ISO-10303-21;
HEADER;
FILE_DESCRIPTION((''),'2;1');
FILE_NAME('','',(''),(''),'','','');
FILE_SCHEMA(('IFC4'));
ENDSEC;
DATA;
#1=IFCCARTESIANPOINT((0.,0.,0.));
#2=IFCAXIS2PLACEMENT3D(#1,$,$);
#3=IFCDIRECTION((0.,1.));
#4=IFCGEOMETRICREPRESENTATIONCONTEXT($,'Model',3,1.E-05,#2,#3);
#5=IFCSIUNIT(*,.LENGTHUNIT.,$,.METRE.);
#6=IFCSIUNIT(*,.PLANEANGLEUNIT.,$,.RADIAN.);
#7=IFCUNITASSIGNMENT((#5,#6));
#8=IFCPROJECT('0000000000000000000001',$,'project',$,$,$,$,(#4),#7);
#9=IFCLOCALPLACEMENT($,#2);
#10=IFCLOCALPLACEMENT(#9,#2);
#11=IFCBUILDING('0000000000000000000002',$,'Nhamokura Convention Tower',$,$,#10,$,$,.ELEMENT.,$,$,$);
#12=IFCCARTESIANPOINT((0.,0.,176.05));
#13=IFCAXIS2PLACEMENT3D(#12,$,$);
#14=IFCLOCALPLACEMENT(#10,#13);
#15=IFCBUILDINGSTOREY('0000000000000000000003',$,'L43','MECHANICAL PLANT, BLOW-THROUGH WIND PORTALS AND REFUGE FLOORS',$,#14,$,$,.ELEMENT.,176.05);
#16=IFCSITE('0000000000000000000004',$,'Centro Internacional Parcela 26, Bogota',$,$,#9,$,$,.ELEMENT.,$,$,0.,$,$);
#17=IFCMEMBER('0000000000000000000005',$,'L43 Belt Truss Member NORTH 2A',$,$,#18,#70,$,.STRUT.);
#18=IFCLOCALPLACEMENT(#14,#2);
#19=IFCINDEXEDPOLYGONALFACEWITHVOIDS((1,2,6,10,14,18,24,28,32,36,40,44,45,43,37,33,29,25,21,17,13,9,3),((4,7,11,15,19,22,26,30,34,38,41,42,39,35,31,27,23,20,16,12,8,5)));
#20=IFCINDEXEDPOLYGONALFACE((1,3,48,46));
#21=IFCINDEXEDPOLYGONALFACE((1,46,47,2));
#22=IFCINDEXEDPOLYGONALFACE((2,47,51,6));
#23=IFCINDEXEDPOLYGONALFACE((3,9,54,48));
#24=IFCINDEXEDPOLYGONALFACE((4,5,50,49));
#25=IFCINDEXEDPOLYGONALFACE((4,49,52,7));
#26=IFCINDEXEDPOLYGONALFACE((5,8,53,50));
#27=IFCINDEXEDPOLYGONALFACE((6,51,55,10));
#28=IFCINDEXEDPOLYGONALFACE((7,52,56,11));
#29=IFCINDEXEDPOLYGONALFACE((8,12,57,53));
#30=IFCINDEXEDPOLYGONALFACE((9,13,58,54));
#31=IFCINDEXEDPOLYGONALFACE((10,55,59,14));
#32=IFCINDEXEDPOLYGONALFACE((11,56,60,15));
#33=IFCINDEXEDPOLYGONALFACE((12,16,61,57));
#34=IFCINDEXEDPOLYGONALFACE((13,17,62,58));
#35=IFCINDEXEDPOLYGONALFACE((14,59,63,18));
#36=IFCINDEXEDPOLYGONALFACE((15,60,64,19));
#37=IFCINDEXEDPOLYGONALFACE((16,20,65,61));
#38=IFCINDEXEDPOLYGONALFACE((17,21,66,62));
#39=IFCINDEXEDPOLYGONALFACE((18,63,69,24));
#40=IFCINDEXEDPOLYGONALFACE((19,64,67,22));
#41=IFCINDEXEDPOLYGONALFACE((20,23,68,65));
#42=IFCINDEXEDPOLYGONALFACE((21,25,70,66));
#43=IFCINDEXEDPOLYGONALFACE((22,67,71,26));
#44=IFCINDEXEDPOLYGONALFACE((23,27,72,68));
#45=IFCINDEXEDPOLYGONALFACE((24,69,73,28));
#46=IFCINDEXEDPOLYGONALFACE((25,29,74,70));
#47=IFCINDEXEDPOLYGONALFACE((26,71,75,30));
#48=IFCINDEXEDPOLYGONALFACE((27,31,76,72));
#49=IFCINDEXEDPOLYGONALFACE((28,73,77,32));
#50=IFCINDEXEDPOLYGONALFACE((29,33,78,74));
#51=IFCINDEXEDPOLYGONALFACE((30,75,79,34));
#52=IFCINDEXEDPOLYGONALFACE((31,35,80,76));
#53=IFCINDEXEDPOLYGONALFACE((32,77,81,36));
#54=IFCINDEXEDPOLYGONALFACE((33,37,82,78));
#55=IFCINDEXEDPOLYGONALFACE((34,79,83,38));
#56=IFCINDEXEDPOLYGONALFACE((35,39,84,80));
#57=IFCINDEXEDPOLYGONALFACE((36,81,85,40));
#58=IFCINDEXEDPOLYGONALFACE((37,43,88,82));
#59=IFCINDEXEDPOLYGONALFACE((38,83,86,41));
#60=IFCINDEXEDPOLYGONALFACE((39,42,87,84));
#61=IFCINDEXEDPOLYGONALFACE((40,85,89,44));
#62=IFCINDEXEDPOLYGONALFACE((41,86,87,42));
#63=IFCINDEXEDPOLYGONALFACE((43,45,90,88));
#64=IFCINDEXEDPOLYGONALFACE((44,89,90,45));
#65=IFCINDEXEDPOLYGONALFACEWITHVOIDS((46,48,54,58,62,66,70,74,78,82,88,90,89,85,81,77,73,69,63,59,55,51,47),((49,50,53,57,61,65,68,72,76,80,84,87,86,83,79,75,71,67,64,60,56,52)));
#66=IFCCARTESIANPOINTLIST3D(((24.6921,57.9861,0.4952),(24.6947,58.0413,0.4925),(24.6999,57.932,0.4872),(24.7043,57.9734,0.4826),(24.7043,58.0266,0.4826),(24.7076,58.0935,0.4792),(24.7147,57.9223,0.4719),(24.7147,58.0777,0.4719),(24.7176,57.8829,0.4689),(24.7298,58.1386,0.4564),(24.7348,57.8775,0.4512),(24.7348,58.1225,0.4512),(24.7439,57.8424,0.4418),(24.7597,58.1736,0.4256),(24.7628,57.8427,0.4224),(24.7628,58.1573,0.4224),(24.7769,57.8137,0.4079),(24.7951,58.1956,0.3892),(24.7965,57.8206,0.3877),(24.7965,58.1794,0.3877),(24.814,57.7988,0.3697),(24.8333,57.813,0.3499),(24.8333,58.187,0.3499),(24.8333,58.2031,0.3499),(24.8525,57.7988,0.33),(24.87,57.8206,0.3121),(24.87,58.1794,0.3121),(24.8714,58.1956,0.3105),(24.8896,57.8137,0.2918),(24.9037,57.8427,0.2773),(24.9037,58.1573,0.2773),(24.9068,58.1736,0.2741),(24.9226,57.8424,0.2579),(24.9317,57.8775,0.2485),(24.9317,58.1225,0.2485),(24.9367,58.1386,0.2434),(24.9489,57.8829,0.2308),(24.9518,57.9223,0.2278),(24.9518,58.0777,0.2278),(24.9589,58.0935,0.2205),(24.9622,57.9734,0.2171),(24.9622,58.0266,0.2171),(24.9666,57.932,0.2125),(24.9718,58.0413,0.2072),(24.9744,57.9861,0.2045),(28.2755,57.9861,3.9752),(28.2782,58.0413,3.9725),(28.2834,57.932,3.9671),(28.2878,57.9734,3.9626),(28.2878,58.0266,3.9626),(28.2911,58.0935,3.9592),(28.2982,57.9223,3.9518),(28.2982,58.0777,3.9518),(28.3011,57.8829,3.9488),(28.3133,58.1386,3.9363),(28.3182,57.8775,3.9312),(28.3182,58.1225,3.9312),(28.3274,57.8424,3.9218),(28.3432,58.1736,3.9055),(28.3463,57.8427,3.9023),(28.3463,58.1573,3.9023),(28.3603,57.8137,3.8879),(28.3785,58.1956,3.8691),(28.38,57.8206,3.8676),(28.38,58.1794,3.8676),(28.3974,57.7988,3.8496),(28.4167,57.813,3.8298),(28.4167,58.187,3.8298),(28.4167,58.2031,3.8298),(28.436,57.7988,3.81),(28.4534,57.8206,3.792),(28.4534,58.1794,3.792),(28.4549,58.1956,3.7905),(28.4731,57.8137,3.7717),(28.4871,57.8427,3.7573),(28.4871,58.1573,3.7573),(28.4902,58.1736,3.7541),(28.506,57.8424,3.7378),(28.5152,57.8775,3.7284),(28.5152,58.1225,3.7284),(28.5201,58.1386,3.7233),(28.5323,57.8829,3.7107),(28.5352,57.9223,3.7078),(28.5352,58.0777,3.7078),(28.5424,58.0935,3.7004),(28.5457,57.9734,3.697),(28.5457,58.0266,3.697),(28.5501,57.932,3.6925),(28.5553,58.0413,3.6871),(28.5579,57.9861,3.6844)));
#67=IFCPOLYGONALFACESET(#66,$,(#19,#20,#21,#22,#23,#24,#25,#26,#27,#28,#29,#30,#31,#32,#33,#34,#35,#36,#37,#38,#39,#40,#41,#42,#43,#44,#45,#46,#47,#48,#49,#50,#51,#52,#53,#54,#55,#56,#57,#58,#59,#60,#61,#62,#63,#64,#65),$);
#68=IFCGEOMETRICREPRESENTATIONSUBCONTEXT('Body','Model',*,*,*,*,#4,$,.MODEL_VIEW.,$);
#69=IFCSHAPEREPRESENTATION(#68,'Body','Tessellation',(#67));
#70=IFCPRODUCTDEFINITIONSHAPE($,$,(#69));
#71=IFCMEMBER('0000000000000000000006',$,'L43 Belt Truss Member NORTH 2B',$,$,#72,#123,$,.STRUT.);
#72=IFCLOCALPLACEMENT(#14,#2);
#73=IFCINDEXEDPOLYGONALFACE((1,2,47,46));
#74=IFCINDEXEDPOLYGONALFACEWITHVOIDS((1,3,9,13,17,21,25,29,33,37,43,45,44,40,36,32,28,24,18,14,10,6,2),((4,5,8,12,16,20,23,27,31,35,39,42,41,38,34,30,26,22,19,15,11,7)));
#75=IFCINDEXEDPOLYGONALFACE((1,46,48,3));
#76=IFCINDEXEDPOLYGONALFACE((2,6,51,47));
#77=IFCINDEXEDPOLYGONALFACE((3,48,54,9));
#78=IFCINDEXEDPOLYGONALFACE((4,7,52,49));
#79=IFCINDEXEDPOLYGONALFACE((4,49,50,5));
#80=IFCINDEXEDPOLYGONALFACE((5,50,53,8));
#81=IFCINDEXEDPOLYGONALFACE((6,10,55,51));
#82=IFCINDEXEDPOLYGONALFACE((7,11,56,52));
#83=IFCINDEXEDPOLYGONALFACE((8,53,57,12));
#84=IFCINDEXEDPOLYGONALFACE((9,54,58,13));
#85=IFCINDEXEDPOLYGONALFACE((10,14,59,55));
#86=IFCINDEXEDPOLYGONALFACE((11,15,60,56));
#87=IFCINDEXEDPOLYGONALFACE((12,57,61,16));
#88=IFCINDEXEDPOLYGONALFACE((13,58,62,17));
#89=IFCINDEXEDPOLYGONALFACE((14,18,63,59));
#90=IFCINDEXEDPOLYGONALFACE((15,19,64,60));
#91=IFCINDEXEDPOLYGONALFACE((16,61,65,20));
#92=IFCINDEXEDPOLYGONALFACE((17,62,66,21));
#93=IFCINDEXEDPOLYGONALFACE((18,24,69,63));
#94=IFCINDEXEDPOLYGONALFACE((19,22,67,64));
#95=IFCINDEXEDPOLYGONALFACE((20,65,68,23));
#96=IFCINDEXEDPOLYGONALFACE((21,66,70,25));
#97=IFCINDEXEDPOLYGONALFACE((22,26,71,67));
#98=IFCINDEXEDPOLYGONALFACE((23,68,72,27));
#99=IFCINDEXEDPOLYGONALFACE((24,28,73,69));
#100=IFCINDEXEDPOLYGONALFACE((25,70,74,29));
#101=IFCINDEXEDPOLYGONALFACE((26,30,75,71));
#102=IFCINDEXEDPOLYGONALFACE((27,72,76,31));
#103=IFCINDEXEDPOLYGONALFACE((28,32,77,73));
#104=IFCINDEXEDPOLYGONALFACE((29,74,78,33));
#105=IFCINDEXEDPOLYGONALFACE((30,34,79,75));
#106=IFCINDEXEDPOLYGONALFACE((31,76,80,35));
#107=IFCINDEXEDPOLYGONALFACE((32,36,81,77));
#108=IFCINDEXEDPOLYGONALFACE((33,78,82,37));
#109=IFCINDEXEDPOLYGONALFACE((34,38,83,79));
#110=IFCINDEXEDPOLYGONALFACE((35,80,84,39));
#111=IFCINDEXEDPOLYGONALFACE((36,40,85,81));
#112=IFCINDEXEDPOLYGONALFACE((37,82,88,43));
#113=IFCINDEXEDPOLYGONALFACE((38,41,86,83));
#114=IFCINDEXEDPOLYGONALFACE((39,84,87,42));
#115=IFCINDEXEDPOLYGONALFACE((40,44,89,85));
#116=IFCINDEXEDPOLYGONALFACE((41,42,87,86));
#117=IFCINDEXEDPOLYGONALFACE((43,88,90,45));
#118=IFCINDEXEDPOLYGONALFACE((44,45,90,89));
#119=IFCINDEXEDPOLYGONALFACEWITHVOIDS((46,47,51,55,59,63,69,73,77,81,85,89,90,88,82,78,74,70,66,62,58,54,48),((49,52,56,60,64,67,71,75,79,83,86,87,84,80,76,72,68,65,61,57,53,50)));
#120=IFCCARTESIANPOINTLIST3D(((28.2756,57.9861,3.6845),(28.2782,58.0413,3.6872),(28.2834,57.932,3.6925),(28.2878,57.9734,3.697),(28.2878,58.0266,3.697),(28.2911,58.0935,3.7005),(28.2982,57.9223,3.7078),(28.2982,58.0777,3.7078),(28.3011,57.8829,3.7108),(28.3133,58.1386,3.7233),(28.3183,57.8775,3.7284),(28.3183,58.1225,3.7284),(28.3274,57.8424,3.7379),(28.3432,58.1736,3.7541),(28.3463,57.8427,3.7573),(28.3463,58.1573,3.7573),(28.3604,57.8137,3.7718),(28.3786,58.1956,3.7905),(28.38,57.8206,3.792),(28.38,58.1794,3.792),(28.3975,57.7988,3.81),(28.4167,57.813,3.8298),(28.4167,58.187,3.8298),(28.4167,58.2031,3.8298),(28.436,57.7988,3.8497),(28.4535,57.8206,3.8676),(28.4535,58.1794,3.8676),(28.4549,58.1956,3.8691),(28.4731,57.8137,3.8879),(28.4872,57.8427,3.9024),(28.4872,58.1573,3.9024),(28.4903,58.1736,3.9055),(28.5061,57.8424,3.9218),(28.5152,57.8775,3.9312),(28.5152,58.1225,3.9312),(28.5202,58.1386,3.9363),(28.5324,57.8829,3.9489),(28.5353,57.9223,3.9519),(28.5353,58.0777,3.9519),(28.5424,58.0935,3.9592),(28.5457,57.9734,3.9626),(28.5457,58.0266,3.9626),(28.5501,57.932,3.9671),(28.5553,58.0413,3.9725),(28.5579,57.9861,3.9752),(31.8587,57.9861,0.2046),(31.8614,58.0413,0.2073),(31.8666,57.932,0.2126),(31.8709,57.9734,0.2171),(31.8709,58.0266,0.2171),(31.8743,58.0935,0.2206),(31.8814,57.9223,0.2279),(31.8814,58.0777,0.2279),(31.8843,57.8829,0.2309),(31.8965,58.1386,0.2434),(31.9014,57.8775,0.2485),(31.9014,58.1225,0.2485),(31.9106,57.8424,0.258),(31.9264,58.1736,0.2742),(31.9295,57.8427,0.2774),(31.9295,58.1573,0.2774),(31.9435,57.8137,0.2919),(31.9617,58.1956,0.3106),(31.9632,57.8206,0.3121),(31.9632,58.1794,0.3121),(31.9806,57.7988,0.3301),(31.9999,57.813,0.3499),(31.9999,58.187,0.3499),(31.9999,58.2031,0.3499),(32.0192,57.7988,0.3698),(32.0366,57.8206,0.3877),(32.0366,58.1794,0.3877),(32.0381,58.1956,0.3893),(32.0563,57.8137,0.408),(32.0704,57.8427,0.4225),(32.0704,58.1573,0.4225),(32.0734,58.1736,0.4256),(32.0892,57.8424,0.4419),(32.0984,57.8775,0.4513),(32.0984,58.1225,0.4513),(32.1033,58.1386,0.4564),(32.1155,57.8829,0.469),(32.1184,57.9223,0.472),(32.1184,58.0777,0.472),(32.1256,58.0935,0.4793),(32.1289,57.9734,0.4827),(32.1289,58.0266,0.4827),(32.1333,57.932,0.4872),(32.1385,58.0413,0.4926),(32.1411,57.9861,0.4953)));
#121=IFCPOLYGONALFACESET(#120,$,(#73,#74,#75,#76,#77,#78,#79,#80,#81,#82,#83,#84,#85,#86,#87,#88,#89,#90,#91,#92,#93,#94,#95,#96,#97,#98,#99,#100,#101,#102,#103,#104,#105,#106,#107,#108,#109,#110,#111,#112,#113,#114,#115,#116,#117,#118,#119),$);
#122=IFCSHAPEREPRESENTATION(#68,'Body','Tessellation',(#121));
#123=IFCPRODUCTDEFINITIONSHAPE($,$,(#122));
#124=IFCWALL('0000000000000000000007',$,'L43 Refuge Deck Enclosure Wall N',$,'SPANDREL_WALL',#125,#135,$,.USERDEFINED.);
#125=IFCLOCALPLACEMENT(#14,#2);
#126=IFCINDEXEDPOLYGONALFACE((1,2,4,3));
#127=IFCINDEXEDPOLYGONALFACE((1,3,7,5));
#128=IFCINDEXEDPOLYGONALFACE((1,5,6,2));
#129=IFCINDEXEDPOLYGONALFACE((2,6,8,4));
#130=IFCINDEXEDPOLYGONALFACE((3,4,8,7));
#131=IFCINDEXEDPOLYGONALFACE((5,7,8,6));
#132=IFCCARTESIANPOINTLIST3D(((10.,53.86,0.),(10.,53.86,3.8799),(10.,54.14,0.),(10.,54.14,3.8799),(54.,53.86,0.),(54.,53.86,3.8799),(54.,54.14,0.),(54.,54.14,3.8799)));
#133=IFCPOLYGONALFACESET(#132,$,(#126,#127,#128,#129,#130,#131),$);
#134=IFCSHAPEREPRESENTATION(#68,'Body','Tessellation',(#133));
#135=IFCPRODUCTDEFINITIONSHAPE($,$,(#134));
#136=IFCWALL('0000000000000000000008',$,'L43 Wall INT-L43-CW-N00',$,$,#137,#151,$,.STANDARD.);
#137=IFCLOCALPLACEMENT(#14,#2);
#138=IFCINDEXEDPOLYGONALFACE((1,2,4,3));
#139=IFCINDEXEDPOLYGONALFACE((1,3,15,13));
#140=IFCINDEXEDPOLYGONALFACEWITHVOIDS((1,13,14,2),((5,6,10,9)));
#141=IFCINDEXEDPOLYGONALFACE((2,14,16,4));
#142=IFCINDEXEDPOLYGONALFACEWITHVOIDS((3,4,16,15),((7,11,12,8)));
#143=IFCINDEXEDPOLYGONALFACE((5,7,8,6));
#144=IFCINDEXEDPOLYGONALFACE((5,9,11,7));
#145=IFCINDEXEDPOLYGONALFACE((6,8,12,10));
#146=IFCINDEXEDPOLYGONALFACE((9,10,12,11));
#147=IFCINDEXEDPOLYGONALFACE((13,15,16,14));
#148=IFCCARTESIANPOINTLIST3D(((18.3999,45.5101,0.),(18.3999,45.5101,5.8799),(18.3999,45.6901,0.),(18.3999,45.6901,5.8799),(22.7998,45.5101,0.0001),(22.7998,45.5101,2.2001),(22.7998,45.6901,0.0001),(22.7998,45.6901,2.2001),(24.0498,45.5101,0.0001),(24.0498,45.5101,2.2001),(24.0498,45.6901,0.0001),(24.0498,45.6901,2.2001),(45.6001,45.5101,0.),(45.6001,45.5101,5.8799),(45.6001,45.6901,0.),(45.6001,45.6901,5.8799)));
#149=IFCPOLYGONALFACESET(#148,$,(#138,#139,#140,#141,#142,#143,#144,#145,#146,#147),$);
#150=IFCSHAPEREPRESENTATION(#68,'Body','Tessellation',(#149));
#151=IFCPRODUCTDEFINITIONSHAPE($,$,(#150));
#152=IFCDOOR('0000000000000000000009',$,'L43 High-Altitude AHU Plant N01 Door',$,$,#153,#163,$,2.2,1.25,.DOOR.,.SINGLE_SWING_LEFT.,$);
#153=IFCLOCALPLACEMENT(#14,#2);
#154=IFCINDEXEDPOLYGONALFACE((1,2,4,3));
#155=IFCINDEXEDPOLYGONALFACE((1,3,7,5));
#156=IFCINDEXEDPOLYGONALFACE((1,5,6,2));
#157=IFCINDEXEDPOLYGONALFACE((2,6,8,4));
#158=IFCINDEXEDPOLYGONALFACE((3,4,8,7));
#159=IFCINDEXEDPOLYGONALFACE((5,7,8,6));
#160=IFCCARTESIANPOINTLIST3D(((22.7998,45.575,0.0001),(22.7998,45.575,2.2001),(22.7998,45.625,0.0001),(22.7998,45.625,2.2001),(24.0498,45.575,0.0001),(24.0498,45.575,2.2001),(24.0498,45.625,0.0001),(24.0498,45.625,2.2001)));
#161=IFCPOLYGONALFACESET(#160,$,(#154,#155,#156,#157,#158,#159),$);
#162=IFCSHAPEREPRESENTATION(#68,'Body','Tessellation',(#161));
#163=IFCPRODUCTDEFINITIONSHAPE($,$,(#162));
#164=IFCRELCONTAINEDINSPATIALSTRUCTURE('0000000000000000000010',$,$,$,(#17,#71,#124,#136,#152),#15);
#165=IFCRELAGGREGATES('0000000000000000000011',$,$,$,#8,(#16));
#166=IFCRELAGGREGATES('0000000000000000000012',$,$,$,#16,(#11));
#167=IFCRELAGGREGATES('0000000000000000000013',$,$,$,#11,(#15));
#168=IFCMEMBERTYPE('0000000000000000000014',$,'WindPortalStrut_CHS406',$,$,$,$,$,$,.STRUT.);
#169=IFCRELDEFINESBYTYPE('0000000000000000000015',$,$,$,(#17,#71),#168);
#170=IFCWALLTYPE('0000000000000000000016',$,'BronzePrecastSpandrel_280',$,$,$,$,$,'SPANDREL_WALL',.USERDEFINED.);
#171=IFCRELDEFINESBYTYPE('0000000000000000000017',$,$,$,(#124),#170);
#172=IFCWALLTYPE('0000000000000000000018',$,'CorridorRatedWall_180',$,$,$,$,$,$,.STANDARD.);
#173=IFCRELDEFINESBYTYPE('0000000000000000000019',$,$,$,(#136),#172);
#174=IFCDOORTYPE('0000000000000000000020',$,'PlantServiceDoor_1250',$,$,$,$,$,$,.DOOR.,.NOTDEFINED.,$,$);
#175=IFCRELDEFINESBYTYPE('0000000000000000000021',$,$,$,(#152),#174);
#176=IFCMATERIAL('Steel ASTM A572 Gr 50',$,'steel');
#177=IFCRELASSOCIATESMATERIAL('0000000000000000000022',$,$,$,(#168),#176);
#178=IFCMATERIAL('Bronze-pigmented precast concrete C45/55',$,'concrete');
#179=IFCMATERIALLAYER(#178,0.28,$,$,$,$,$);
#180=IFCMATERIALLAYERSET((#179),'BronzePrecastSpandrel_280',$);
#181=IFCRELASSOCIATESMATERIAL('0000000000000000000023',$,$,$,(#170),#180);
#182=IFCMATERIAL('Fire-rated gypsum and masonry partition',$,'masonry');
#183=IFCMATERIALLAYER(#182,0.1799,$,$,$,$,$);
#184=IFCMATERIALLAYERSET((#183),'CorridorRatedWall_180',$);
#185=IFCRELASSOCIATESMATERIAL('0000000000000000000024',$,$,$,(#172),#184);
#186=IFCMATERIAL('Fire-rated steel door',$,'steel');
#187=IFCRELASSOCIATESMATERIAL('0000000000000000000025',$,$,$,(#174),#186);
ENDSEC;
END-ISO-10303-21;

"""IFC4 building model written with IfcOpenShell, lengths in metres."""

from ifc_helpers import new_model, si_unit, direction, frame, frame_2d, origin, origin_2d, place, context, subcontext, project, spatial, rectangle, hollow_circle, extrude, material, layer, layer_set, material_profile, profile_set, type_object, element, fill, save


model = new_model("IFC4")

# Units and contexts
model_context = context("Model", 3, precision=1e-05, world=origin(), true_north=direction((0.0, 1.0)))
body_context = subcontext(model_context, "Body", "Model", "MODEL_VIEW")
ifc_project = project(units=[si_unit("LENGTHUNIT", "METRE"), si_unit("PLANEANGLEUNIT", "RADIAN")], contexts=[model_context])

# Site, building, storey
site_placement = place(None, origin())
site = spatial("IfcSite", under=ifc_project, at=site_placement, Name="Centro Internacional Parcela 26, Bogota", CompositionType="ELEMENT", RefElevation=0.0)
building_placement = place(site_placement, origin())
building = spatial("IfcBuilding", under=site, at=building_placement, Name="Nhamokura Convention Tower", CompositionType="ELEMENT")
storey_placement = place(building_placement, frame((0.0, 0.0, 176.05)))
storey = spatial("IfcBuildingStorey", under=building, at=storey_placement, Name="L43", Description="MECHANICAL PLANT, BLOW-THROUGH WIND PORTALS AND REFUGE FLOORS", CompositionType="ELEMENT", Elevation=176.05)

# Members
ifc_material_1 = material(Name="Steel ASTM A572 Gr 50", Category="steel")
ifc_material_profile_1 = material_profile(ifc_material_1, hollow_circle(Radius=0.2031, WallThickness=0.0161, at=origin_2d()))
ifc_profile_set_1 = profile_set([ifc_material_profile_1], Name="Steel ASTM A572 Gr 50")
member_type_1 = type_object("IfcMemberType", Name="WindPortalStrut_CHS406", PredefinedType="STRUT", material=ifc_profile_set_1)
member_1_placement = place(storey_placement, frame((24.8333, 58.0, 0.3499), z_axis=(0.717392, 0.0, 0.696669), x_axis=(0.0, 1.0, 0.0)))
element("IfcMember", 1, at=member_1_placement, inside=storey, type_object=member_type_1, Name="L43 Belt Truss Member NORTH 2A", PredefinedType="STRUT", context=body_context, shape_type="SweptSolid", body=[
    extrude(hollow_circle(Radius=0.2031, WallThickness=0.0161, at=origin_2d()), origin(), (0.0, 0.0, 1.0), 4.9951),
])
member_2_placement = place(storey_placement, frame((28.4167, 58.0, 3.8298), z_axis=(0.717369, 0.0, -0.696694), x_axis=(0.0, 1.0, 0.0)))
element("IfcMember", 2, at=member_2_placement, inside=storey, type_object=member_type_1, Name="L43 Belt Truss Member NORTH 2B", PredefinedType="STRUT", context=body_context, shape_type="SweptSolid", body=[
    extrude(hollow_circle(Radius=0.2031, WallThickness=0.0161, at=origin_2d()), origin(), (0.0, 0.0, 1.0), 4.9949),
])

# Wall
ifc_material_2 = material(Name="Bronze-pigmented precast concrete C45/55", Category="concrete")
ifc_layer_1 = layer(ifc_material_2, 0.28)
ifc_layer_set_1 = layer_set([ifc_layer_1], Name="BronzePrecastSpandrel_280")
wall_type_1 = type_object("IfcWallType", Name="BronzePrecastSpandrel_280", ElementType="SPANDREL_WALL", PredefinedType="USERDEFINED", material=ifc_layer_set_1)
wall_1_placement = place(storey_placement, frame((10.0, 54.0, 0.0), z_axis=(0.0, 0.0, 1.0), x_axis=(1.0, 0.0, 0.0)))
element("IfcWall", 3, at=wall_1_placement, inside=storey, type_object=wall_type_1, Name="L43 Refuge Deck Enclosure Wall N", ObjectType="SPANDREL_WALL", PredefinedType="USERDEFINED", context=body_context, shape_type="SweptSolid", body=[
    extrude(rectangle(XDim=44.0, YDim=0.28, at=frame_2d((22.0, 0.0))), origin(), (0.0, 0.0, 1.0), 3.8799),
])

# Wall, opening, door
ifc_material_3 = material(Name="Fire-rated gypsum and masonry partition", Category="masonry")
ifc_layer_2 = layer(ifc_material_3, 0.1799)
ifc_layer_set_2 = layer_set([ifc_layer_2], Name="CorridorRatedWall_180")
wall_type_2 = type_object("IfcWallType", Name="CorridorRatedWall_180", PredefinedType="STANDARD", material=ifc_layer_set_2)
wall_2_placement = place(storey_placement, frame((18.3999, 45.6001, 0.0), z_axis=(0.0, 0.0, 1.0), x_axis=(1.0, 0.0, 0.0)))
wall_2 = element("IfcWall", 4, at=wall_2_placement, inside=storey, type_object=wall_type_2, Name="L43 Wall INT-L43-CW-N00", PredefinedType="STANDARD", context=body_context, shape_type="SweptSolid", body=[
    extrude(rectangle(XDim=27.2002, YDim=0.1799, at=frame_2d((13.6001, 0.0))), origin(), (0.0, 0.0, 1.0), 5.8799),
])
opening_placement = place(wall_2_placement, frame((4.3999, 0.0, 0.0)))
opening = element("IfcOpeningElement", 5, at=opening_placement, cuts=wall_2, PredefinedType="OPENING", context=body_context, shape_type="SweptSolid", body=[
    extrude(rectangle(XDim=1.25, YDim=2.2, at=frame_2d((0.625, 1.1001))), frame((0.0, 0.0999, 0.0), z_axis=(0.0, -1.0, 0.0), x_axis=(1.0, 0.0, 0.0)), (0.0, 0.0, 1.0), 0.2),
])
ifc_material_4 = material(Name="Fire-rated steel door", Category="steel")
door_type = type_object("IfcDoorType", Name="PlantServiceDoor_1250", OperationType="NOTDEFINED", PredefinedType="DOOR", material=ifc_material_4)
door_placement = place(opening_placement, origin())
door = element("IfcDoor", 6, at=door_placement, inside=storey, type_object=door_type, Name="L43 High-Altitude AHU Plant N01 Door", OperationType="SINGLE_SWING_LEFT", OverallHeight=2.2, OverallWidth=1.25, PredefinedType="DOOR", context=body_context, shape_type="SweptSolid", body=[
    extrude(rectangle(XDim=1.25, YDim=2.2, at=frame_2d((0.625, 1.1001))), frame((0.0, 0.0249, 0.0), z_axis=(0.0, -1.0, 0.0), x_axis=(1.0, 0.0, 0.0)), (0.0, 0.0, 1.0), 0.05),
])
fill(opening, door)

save(model, "model.ifc")
